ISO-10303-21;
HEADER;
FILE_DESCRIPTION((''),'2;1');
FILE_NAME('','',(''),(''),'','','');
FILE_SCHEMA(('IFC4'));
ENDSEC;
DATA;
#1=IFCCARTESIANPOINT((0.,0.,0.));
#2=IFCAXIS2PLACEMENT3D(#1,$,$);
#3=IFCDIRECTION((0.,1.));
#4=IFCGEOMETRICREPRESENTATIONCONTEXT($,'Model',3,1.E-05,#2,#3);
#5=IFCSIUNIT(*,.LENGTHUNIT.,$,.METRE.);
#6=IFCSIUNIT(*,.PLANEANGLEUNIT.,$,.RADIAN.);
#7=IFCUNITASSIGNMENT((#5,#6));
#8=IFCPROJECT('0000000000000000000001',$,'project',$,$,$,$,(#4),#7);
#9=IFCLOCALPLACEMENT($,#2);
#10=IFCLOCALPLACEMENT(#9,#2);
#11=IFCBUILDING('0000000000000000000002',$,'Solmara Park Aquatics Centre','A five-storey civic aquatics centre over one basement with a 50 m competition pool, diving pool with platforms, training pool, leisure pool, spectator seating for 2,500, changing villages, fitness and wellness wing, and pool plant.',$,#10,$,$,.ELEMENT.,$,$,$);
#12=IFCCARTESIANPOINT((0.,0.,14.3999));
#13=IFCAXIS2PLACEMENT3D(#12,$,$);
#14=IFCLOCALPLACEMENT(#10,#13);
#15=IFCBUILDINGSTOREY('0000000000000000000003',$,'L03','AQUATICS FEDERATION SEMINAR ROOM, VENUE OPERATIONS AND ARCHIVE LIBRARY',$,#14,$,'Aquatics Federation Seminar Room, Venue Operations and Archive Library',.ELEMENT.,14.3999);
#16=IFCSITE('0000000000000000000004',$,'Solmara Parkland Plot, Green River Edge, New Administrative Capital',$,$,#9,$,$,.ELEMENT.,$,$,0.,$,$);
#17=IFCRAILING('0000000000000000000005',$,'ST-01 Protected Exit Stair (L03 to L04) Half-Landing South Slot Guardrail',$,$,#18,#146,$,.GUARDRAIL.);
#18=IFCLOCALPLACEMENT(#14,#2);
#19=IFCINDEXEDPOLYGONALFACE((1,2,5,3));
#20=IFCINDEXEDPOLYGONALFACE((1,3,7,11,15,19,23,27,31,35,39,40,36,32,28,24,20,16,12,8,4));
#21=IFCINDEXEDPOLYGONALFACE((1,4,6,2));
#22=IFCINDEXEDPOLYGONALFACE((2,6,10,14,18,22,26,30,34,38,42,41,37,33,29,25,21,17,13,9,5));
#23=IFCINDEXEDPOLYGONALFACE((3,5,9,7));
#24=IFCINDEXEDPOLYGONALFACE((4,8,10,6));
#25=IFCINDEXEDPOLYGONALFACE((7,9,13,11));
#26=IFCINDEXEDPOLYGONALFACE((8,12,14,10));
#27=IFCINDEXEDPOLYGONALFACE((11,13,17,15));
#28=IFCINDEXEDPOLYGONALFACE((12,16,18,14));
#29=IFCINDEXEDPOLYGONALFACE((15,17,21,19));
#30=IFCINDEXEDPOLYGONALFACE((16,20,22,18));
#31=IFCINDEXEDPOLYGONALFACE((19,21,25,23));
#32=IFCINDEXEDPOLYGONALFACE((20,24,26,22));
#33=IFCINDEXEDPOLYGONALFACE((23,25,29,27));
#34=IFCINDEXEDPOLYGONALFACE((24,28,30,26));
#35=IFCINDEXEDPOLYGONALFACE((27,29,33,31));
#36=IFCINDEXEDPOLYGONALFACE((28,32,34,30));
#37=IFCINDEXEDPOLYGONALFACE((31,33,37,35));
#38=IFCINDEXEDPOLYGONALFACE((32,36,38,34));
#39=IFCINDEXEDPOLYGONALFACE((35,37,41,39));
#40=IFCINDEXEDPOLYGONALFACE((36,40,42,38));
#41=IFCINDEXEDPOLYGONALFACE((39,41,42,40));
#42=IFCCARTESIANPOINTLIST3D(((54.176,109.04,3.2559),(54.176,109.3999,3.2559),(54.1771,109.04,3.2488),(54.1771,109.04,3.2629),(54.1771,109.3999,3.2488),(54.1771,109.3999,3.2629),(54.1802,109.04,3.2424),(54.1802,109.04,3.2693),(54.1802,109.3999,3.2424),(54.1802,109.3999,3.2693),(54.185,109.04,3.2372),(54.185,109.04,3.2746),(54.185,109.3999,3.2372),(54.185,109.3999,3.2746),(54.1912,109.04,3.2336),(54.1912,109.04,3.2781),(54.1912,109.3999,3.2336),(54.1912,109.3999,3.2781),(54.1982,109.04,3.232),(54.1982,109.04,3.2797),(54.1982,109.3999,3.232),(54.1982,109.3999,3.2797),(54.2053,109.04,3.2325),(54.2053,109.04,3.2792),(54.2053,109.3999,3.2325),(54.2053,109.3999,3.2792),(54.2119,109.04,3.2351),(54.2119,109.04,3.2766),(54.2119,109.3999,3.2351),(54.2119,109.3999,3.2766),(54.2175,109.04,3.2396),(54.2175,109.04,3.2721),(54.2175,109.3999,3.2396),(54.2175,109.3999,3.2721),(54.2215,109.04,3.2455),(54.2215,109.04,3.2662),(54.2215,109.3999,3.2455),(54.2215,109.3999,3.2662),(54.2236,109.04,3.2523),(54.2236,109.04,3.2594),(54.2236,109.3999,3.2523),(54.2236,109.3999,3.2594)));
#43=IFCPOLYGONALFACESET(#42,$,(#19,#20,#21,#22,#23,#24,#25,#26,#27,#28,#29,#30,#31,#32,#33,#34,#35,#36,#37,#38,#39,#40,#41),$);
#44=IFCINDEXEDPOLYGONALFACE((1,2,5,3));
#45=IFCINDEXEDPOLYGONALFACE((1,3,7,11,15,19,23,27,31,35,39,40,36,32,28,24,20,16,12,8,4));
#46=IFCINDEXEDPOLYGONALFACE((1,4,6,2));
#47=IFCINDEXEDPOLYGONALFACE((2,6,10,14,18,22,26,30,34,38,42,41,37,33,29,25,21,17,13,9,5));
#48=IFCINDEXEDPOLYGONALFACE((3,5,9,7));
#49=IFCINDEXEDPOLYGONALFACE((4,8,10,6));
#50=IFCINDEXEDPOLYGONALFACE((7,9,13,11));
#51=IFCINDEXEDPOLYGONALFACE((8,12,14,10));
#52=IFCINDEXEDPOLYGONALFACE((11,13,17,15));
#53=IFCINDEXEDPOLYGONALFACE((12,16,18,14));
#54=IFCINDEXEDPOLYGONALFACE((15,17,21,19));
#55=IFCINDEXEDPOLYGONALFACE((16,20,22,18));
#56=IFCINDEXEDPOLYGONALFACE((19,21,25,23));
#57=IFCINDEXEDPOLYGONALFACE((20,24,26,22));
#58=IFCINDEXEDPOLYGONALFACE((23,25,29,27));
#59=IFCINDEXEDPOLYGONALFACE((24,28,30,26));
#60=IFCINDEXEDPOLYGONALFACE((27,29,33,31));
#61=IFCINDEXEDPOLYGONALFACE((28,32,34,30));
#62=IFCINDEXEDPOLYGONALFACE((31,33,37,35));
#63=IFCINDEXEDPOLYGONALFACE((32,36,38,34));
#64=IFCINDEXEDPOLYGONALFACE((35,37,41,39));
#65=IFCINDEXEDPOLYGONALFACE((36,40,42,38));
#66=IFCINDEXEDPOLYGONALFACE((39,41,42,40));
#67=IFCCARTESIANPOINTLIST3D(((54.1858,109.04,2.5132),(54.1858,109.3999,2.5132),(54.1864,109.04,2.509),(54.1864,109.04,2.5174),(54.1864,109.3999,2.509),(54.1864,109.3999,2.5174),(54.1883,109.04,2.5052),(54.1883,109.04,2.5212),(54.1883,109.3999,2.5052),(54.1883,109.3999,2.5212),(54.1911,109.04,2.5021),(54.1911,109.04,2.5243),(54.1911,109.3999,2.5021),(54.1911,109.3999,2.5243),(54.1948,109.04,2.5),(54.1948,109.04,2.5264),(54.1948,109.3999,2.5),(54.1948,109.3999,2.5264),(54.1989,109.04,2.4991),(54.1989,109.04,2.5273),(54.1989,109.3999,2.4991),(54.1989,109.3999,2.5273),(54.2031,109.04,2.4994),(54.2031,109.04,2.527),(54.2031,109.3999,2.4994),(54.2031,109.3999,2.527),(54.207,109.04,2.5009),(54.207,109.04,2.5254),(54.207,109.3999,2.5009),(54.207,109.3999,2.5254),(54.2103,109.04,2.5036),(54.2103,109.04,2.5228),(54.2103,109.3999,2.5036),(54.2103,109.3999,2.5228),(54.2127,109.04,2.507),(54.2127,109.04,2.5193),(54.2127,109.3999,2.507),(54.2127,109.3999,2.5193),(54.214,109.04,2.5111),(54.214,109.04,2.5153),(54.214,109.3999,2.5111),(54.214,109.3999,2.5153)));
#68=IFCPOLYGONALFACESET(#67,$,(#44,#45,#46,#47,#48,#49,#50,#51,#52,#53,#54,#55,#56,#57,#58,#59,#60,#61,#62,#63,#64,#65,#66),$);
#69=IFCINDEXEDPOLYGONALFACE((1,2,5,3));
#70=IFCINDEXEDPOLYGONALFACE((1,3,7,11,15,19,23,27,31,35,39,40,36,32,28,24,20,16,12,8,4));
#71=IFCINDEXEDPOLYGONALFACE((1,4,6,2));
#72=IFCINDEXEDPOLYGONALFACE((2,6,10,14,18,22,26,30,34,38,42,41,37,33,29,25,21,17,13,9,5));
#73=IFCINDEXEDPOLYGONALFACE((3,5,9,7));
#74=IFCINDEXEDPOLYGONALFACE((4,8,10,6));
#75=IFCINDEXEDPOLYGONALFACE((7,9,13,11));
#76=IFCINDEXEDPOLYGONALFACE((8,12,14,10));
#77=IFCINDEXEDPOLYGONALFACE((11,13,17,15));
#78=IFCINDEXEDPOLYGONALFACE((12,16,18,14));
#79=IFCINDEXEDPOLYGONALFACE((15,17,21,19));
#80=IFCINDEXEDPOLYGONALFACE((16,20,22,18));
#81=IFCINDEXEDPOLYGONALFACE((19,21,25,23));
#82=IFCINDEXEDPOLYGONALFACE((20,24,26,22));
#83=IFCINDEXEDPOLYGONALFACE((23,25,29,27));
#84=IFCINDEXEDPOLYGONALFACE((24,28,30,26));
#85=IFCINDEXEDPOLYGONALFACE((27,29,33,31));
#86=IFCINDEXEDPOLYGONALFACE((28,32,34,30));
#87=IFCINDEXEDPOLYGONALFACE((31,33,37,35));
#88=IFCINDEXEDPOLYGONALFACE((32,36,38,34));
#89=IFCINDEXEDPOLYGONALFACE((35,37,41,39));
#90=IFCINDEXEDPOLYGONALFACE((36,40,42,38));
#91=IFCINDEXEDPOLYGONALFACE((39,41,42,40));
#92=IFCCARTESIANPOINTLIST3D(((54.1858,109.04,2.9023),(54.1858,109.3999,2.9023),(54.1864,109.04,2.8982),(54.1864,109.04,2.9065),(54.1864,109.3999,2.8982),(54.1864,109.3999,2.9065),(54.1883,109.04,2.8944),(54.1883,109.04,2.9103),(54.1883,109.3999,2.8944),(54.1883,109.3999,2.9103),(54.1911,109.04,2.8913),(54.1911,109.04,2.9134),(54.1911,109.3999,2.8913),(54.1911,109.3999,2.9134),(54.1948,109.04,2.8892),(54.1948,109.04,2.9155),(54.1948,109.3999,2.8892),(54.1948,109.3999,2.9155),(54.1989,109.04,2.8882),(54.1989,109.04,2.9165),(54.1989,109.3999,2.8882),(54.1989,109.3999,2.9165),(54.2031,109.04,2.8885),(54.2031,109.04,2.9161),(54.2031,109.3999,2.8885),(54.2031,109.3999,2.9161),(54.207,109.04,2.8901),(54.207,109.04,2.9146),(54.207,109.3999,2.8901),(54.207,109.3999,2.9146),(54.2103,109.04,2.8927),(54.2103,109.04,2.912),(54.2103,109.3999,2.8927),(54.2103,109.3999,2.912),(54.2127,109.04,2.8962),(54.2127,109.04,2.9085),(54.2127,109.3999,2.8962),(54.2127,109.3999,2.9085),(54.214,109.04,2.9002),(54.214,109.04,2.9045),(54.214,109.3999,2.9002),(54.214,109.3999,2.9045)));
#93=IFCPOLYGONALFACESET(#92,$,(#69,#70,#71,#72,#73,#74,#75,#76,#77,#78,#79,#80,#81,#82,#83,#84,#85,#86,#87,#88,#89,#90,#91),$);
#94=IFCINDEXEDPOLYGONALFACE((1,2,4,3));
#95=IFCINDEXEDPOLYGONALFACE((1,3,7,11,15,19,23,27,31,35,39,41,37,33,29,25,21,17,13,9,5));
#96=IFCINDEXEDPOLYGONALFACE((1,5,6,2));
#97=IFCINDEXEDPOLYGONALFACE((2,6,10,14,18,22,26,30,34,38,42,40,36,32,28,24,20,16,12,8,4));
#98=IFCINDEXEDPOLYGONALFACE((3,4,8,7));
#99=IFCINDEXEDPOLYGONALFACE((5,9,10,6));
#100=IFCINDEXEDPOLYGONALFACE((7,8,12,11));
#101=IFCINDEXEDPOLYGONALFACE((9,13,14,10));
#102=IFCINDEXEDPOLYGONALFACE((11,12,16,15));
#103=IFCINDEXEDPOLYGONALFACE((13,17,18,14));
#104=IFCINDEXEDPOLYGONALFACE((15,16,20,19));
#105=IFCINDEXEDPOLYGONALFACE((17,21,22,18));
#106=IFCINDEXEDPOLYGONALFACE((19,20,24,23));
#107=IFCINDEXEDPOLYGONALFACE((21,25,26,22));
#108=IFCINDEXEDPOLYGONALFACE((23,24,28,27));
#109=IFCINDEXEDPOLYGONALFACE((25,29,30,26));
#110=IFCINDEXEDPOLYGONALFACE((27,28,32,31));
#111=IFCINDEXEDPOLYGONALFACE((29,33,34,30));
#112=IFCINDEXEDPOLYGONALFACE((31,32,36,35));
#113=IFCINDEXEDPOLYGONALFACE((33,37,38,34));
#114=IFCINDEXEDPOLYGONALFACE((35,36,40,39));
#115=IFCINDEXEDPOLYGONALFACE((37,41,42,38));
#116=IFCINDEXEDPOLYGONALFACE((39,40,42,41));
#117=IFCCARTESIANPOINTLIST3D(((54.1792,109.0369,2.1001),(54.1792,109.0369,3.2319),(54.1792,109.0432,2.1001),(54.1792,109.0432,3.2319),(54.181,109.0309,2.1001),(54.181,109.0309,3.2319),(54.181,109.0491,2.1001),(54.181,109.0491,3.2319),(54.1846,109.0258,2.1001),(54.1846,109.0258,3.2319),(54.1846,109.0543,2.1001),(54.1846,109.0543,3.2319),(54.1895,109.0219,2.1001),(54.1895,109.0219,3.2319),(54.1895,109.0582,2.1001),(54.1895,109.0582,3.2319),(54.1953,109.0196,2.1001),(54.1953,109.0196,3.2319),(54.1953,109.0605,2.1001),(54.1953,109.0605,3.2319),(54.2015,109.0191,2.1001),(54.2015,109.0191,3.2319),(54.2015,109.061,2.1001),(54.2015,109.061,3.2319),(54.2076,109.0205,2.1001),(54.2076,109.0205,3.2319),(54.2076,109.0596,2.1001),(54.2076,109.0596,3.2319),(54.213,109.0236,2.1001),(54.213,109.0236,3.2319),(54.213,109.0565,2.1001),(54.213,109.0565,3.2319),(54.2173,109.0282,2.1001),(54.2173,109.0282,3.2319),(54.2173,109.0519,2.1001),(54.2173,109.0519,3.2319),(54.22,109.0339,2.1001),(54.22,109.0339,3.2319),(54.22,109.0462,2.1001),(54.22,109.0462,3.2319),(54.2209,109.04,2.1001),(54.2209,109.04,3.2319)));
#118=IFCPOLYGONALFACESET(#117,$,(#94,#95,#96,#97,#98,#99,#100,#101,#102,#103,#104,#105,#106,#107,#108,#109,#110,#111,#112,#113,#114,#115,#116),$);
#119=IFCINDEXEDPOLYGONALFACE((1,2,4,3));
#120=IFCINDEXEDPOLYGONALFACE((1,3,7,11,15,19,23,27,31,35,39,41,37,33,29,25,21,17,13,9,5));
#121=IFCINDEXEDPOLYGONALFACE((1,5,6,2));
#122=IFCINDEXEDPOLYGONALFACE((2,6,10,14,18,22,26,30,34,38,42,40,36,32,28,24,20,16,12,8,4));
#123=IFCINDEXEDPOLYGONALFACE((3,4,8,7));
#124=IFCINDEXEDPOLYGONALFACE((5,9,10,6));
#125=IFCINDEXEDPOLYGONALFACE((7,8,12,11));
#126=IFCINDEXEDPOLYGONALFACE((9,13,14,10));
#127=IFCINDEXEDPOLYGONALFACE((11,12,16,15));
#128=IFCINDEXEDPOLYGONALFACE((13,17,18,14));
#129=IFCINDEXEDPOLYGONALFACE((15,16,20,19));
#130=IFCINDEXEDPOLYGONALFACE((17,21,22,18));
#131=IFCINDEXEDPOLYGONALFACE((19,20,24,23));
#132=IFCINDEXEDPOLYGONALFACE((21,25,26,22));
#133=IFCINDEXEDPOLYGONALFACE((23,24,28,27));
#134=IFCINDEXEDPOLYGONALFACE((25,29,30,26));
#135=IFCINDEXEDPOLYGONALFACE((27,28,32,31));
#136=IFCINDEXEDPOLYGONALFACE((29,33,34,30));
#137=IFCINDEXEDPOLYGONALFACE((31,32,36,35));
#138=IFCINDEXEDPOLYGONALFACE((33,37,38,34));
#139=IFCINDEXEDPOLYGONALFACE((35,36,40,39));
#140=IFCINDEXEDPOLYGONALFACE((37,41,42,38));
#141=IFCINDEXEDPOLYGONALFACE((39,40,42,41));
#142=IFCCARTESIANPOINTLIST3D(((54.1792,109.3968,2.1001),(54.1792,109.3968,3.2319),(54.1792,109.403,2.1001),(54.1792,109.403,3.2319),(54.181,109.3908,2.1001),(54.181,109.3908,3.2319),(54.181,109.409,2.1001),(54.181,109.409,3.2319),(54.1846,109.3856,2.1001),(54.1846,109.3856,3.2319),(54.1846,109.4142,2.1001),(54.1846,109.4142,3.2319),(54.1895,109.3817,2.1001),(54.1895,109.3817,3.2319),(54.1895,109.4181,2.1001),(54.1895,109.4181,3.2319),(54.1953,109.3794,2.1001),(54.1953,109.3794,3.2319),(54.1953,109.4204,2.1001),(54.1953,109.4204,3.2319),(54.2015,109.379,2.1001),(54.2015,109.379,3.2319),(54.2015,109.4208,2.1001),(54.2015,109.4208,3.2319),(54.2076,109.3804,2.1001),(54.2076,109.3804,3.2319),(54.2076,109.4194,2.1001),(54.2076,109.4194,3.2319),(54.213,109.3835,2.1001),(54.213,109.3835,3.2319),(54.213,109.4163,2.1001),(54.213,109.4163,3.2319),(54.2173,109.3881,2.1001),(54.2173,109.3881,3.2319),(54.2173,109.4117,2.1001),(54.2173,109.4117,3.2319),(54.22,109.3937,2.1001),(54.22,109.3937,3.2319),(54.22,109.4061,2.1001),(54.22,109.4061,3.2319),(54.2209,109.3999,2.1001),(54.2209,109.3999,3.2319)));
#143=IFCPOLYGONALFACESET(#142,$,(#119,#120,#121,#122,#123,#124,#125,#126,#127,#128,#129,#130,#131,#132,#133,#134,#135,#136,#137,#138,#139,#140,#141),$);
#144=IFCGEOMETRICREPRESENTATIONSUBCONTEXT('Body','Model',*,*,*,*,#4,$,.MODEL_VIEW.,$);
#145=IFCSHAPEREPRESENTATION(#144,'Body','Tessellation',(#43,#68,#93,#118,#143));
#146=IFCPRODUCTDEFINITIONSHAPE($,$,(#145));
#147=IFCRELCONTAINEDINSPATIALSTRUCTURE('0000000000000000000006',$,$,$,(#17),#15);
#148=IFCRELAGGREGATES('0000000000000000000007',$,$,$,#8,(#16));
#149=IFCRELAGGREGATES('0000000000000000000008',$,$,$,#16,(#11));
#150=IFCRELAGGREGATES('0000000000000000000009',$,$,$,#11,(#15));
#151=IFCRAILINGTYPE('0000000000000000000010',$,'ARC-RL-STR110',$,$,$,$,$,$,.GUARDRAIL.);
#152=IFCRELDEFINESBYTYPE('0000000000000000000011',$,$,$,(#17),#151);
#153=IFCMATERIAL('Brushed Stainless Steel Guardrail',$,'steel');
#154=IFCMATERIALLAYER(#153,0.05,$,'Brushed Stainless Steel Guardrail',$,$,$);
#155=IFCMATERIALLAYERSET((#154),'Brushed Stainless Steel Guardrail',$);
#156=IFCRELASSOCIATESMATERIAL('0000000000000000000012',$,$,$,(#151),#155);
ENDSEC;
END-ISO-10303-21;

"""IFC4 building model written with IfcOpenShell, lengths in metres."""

from ifc_helpers import new_model, si_unit, direction, frame, origin, origin_2d, place, context, subcontext, project, spatial, circle, extrude, material, layer, layer_set, type_object, element, save


model = new_model("IFC4")

# Units and contexts
model_context = context("Model", 3, precision=1e-05, world=origin(), true_north=direction((0.0, 1.0)))
body_context = subcontext(model_context, "Body", "Model", "MODEL_VIEW")
ifc_project = project(units=[si_unit("LENGTHUNIT", "METRE"), si_unit("PLANEANGLEUNIT", "RADIAN")], contexts=[model_context])

# Site, building, storey
site_placement = place(None, origin())
site = spatial("IfcSite", under=ifc_project, at=site_placement, Name="Solmara Parkland Plot, Green River Edge, New Administrative Capital", CompositionType="ELEMENT", RefElevation=0.0)
building_placement = place(site_placement, origin())
building = spatial("IfcBuilding", under=site, at=building_placement, Name="Solmara Park Aquatics Centre", Description="A five-storey civic aquatics centre over one basement with a 50 m competition pool, diving pool with platforms, training pool, leisure pool, spectator seating for 2,500, changing villages, fitness and wellness wing, and pool plant.", CompositionType="ELEMENT")
storey_placement = place(building_placement, frame((0.0, 0.0, 14.3999)))
storey = spatial("IfcBuildingStorey", under=building, at=storey_placement, Name="L03", Description="AQUATICS FEDERATION SEMINAR ROOM, VENUE OPERATIONS AND ARCHIVE LIBRARY", LongName="Aquatics Federation Seminar Room, Venue Operations and Archive Library", CompositionType="ELEMENT", Elevation=14.3999)

# Railing
ifc_material_1 = material(Name="Brushed Stainless Steel Guardrail", Category="steel")
ifc_layer_1 = layer(ifc_material_1, 0.05, Name="Brushed Stainless Steel Guardrail")
ifc_layer_set_1 = layer_set([ifc_layer_1], Name="Brushed Stainless Steel Guardrail")
railing_type_1 = type_object("IfcRailingType", Name="ARC-RL-STR110", PredefinedType="GUARDRAIL", material=ifc_layer_set_1)
for number, where, name in (
    (1, (54.2, 109.04, 2.1001), "ST-01 Protected Exit Stair (L03 to L04) Half-Landing South Slot Guardrail"),
):
    element("IfcRailing", number, at=place(storey_placement, frame(where)), inside=storey, type_object=railing_type_1, Name=name, PredefinedType="GUARDRAIL", context=body_context, shape_type="SweptSolid", body=[
        extrude(circle(Radius=0.0239, at=origin_2d()), frame((0.0, 0.0, 1.1558), z_axis=(0.0, 1.0, 0.0), x_axis=(-1.0, 0.0, 0.0)), (0.0, 0.0, 1.0), 0.3599),
        extrude(circle(Radius=0.0142, at=origin_2d()), frame((0.0, 0.0, 0.4131), z_axis=(0.0, 1.0, 0.0), x_axis=(-1.0, 0.0, 0.0)), (0.0, 0.0, 1.0), 0.3599),
        extrude(circle(Radius=0.0142, at=origin_2d()), frame((0.0, 0.0, 0.8022), z_axis=(0.0, 1.0, 0.0), x_axis=(-1.0, 0.0, 0.0)), (0.0, 0.0, 1.0), 0.3599),
        extrude(circle(Radius=0.021, at=origin_2d()), origin(), (0.0, 0.0, 1.0), 1.1318),
        extrude(circle(Radius=0.021, at=origin_2d()), frame((0.0, 0.3599, 0.0)), (0.0, 0.0, 1.0), 1.1318),
    ])

save(model, "model.ifc")
